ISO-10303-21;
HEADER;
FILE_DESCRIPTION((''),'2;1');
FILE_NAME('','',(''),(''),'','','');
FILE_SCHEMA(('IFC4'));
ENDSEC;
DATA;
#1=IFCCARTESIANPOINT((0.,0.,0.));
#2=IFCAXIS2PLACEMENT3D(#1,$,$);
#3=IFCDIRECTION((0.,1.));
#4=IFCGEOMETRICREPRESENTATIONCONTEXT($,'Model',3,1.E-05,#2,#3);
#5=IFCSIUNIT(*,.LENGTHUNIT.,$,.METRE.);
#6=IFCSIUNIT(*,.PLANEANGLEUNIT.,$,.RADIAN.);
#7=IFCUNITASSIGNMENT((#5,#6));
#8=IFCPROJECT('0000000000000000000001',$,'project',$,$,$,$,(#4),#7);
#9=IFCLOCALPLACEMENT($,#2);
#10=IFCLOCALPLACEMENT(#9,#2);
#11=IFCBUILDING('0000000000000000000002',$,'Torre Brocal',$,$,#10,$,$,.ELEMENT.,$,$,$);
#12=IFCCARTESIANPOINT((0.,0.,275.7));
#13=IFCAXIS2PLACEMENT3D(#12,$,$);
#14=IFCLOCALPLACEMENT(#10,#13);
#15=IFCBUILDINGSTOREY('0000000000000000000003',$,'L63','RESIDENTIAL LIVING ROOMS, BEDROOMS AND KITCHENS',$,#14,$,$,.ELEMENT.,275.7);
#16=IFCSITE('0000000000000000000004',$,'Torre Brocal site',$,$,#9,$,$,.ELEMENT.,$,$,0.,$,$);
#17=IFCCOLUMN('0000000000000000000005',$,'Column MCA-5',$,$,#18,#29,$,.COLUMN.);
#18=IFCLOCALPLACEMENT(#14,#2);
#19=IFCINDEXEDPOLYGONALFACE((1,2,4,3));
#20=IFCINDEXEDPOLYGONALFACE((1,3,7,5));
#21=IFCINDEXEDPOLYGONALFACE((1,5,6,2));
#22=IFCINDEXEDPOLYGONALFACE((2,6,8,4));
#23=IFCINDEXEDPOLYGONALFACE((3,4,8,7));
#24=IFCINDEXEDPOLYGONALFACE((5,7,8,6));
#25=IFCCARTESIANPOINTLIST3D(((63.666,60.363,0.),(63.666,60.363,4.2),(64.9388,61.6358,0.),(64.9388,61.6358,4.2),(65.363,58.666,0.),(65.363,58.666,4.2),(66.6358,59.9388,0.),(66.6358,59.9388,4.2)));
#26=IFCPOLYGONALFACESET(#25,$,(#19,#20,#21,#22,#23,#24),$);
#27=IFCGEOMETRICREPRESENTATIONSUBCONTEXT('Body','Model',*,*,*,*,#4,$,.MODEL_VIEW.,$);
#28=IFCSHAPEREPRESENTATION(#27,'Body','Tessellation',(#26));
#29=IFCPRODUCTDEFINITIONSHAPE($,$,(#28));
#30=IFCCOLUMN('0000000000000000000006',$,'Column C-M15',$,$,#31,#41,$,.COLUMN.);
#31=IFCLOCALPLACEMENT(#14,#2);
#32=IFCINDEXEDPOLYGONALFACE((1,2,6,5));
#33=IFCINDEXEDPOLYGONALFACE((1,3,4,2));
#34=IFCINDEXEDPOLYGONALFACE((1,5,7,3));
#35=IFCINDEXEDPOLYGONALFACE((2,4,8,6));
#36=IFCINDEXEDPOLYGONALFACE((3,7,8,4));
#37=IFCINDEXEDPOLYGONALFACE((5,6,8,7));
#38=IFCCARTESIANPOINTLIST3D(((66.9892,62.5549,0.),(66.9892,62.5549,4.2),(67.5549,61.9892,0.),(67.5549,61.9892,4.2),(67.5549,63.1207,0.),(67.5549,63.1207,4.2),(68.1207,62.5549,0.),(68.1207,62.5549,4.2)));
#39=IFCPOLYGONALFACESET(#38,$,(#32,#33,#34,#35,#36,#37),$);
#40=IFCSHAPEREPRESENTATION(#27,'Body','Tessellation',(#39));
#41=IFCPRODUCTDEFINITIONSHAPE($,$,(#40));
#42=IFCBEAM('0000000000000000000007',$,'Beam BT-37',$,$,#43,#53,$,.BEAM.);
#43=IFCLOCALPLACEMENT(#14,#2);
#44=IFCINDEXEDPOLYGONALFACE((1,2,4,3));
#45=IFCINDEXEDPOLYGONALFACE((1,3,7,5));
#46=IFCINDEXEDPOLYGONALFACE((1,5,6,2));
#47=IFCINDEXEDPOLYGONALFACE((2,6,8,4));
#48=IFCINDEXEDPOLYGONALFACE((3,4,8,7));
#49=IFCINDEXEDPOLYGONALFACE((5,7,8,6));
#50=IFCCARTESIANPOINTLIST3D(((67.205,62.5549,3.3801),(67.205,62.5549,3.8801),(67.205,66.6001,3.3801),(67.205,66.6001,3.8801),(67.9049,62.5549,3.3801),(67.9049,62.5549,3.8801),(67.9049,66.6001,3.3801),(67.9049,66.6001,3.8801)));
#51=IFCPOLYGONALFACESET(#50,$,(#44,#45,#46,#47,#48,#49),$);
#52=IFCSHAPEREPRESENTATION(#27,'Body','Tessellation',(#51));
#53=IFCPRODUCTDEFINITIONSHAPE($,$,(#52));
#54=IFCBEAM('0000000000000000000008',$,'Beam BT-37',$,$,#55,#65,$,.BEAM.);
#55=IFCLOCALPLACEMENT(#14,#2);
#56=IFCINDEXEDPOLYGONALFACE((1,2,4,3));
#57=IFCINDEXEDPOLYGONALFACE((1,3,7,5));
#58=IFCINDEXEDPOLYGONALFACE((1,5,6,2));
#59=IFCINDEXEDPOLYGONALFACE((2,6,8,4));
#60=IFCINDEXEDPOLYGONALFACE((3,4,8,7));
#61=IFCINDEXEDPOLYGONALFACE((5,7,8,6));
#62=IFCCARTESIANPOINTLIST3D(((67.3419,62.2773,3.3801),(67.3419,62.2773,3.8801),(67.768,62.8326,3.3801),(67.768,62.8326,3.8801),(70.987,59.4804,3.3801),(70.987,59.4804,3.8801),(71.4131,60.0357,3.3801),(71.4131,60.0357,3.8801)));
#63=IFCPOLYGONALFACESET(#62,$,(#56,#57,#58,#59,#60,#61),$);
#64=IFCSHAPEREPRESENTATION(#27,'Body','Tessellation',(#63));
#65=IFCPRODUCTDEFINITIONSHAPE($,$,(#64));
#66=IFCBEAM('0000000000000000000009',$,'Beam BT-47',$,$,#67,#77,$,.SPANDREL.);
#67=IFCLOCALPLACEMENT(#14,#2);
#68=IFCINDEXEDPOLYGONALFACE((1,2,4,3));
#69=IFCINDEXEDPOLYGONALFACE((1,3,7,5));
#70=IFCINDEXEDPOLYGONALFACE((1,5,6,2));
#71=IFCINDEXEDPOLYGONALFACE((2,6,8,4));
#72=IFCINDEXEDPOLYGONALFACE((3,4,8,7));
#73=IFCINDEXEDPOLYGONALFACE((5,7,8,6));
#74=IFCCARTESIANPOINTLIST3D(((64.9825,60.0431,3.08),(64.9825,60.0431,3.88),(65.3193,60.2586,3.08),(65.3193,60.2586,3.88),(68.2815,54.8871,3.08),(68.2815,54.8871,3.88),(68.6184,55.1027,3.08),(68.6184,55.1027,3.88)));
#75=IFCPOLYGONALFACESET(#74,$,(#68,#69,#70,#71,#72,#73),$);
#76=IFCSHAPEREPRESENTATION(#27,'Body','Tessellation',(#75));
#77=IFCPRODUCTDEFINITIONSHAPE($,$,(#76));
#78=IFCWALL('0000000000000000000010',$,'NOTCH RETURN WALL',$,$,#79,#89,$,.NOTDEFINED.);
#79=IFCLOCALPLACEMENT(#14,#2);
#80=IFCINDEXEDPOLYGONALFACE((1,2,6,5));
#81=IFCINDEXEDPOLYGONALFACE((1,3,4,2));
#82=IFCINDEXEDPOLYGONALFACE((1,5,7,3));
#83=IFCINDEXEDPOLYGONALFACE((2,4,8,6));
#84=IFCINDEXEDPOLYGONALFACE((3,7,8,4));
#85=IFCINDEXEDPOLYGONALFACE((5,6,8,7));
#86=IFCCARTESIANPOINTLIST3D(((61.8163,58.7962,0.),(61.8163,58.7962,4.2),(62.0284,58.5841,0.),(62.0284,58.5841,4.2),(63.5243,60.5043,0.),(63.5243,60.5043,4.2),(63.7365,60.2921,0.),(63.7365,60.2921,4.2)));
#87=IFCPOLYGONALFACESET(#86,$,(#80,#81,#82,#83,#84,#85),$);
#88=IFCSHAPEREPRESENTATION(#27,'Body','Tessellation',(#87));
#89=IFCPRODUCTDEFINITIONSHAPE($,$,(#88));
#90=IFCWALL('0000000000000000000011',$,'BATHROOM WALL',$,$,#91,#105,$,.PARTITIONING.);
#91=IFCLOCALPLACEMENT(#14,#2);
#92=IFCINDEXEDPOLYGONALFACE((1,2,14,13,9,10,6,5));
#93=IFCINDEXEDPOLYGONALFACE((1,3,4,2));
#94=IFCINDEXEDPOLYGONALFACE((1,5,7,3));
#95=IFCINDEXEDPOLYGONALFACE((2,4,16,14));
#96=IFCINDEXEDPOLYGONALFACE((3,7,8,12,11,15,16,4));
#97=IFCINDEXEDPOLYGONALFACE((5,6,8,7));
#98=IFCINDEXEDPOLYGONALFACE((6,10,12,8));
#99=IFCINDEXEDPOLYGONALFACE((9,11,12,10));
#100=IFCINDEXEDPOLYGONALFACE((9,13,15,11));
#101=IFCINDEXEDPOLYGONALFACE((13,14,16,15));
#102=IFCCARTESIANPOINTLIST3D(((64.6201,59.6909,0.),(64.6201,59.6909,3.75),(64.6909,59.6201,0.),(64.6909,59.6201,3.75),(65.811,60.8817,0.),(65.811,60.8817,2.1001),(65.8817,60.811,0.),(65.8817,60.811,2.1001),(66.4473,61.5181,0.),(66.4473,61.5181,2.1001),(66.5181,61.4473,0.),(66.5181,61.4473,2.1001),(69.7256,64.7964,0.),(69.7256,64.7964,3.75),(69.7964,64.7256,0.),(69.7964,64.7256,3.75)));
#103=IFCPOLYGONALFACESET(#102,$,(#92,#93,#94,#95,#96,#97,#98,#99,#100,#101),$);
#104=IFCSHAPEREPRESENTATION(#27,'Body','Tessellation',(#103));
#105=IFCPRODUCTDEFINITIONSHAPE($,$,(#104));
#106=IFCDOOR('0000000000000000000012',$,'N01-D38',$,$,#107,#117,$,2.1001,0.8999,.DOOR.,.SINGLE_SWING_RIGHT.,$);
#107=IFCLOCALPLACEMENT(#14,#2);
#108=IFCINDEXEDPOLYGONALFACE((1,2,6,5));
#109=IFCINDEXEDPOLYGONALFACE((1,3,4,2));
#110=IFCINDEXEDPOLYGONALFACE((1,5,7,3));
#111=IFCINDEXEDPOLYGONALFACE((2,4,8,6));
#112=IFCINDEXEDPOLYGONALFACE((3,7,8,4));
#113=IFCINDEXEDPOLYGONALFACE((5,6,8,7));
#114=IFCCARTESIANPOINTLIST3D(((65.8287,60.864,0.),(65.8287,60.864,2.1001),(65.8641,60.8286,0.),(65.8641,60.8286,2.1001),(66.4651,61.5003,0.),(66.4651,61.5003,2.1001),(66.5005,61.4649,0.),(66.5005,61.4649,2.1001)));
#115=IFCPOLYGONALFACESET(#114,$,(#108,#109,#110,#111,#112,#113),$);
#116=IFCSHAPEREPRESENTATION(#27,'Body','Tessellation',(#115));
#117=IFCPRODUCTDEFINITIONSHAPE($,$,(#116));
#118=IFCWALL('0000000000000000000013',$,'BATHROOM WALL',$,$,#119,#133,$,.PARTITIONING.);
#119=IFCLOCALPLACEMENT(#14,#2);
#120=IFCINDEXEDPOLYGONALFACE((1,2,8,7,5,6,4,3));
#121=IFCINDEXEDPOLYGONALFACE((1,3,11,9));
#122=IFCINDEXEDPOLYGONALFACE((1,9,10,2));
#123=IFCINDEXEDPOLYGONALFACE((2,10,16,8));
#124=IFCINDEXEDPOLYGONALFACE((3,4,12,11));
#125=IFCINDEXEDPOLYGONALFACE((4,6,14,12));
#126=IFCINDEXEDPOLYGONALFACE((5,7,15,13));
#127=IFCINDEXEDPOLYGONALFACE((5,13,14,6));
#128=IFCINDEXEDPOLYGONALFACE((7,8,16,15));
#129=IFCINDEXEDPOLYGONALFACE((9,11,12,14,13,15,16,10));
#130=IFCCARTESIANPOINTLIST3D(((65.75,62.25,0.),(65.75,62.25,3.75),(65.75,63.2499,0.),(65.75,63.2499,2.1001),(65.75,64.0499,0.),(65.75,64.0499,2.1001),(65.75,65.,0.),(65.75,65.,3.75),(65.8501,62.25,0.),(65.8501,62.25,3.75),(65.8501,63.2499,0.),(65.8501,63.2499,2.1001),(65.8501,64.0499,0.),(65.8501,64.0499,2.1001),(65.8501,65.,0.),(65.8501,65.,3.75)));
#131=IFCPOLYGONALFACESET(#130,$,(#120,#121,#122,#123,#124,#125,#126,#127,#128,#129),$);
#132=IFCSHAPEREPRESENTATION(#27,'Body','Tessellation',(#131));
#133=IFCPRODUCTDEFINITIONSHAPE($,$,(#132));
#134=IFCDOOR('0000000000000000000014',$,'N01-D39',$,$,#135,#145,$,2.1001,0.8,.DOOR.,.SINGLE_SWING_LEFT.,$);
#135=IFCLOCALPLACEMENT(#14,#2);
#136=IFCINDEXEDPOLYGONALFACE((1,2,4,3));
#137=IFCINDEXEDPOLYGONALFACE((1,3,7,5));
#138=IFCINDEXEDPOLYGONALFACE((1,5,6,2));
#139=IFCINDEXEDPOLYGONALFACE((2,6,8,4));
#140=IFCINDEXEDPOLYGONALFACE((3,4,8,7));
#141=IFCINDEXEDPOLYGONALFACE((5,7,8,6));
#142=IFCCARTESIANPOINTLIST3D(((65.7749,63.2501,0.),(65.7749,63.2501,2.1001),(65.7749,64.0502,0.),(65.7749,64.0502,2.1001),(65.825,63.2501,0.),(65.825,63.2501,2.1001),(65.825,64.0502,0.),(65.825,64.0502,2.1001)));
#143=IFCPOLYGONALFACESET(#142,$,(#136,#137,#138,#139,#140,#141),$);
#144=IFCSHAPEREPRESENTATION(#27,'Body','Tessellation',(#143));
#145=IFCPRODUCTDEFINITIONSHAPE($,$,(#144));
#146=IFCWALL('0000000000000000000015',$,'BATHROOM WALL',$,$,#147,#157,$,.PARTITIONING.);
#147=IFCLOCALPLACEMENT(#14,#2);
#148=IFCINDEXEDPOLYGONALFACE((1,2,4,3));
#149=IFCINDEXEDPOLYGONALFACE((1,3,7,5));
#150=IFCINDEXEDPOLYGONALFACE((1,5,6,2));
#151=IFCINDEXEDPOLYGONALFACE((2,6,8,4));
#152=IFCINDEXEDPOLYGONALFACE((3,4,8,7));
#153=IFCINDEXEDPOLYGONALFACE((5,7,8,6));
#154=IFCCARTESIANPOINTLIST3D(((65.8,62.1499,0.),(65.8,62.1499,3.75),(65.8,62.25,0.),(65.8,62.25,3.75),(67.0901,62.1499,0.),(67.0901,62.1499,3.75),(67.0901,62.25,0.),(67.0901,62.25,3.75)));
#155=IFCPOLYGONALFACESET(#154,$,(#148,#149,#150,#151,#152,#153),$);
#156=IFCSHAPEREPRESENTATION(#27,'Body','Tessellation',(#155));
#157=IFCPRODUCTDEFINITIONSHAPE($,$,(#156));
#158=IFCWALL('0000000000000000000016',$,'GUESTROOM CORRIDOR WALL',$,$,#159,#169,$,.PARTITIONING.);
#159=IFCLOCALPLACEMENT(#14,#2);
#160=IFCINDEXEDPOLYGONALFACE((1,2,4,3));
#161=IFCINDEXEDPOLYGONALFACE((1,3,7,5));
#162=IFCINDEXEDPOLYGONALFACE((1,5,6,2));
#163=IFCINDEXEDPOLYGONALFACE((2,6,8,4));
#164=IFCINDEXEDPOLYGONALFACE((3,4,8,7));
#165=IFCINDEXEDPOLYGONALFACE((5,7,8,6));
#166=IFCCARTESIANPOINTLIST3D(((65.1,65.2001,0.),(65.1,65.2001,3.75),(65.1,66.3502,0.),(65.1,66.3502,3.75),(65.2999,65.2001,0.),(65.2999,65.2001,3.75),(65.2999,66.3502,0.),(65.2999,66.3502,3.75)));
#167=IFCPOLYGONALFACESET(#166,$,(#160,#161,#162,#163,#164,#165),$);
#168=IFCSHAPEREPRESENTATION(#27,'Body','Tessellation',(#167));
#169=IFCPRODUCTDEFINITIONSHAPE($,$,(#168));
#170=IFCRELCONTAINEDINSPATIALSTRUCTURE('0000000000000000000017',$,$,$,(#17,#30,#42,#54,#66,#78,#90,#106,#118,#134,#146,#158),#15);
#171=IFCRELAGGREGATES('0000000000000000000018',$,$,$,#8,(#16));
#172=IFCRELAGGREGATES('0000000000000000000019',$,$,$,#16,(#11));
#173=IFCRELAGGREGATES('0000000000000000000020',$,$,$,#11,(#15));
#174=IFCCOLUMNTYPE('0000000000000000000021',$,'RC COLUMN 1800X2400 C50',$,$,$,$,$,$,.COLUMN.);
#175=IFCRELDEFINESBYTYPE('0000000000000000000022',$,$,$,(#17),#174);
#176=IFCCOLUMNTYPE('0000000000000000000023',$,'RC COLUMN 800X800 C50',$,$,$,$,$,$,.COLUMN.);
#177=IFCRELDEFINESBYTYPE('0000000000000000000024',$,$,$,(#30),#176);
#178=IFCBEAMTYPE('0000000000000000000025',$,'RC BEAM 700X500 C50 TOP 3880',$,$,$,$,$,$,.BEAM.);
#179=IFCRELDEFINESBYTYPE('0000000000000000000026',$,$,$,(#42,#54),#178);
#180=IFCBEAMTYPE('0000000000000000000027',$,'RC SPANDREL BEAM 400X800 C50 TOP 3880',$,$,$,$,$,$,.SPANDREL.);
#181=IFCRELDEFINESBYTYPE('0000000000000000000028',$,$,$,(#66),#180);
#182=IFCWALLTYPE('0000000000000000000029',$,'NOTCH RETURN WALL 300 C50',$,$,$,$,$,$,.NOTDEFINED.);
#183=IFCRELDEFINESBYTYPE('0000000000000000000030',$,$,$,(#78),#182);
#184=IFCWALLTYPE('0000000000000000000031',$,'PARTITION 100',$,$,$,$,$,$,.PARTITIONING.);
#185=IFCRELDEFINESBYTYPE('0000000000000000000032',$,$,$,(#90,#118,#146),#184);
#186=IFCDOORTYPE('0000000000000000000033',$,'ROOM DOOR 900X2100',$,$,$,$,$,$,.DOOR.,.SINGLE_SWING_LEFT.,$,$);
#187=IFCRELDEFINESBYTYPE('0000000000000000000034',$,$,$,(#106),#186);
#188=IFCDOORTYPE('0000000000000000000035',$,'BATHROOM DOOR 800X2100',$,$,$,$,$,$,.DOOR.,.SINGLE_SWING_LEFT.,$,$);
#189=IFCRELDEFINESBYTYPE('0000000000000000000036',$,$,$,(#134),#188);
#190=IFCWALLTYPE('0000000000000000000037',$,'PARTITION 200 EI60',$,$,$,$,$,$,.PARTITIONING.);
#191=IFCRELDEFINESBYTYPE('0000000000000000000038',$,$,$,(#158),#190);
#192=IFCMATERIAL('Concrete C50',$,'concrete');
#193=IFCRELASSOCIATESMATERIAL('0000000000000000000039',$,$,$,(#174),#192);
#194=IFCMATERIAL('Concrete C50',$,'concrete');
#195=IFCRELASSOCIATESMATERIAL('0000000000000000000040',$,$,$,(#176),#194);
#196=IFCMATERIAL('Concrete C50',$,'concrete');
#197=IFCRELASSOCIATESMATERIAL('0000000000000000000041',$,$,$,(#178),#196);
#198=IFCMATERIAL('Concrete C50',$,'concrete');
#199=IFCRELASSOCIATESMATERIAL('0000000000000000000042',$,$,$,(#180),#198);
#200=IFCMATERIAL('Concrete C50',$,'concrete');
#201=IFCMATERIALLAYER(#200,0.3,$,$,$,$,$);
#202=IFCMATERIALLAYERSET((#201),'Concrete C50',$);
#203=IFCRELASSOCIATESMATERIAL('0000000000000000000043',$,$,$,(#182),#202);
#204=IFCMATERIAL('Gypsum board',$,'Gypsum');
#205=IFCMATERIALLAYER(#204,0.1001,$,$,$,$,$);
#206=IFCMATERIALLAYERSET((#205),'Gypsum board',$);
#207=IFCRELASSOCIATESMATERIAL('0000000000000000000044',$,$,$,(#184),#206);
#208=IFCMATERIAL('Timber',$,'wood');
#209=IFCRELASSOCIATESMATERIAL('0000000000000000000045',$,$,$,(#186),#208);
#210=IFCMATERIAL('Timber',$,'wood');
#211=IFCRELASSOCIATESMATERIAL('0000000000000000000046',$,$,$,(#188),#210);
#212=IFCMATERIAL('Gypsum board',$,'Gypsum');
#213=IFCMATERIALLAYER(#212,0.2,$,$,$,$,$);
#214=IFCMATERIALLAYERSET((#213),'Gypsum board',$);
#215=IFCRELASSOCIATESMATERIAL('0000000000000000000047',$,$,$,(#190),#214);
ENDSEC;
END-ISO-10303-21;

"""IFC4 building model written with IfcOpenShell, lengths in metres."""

from ifc_helpers import new_model, si_unit, direction, frame, frame_2d, origin, origin_2d, place, context, subcontext, project, spatial, rectangle, extrude, material, layer, layer_set, material_profile, profile_set, type_object, element, fill, save


model = new_model("IFC4")

# Units and contexts
model_context = context("Model", 3, precision=1e-05, world=origin(), true_north=direction((0.0, 1.0)))
body_context = subcontext(model_context, "Body", "Model", "MODEL_VIEW")
ifc_project = project(units=[si_unit("LENGTHUNIT", "METRE"), si_unit("PLANEANGLEUNIT", "RADIAN")], contexts=[model_context])

# Site, building, storey
site_placement = place(None, origin())
site = spatial("IfcSite", under=ifc_project, at=site_placement, Name="Torre Brocal site", CompositionType="ELEMENT", RefElevation=0.0)
building_placement = place(site_placement, origin())
building = spatial("IfcBuilding", under=site, at=building_placement, Name="Torre Brocal", CompositionType="ELEMENT")
storey_placement = place(building_placement, frame((0.0, 0.0, 275.7)))
storey = spatial("IfcBuildingStorey", under=building, at=storey_placement, Name="L63", Description="RESIDENTIAL LIVING ROOMS, BEDROOMS AND KITCHENS", CompositionType="ELEMENT", Elevation=275.7)

# Columns
ifc_material_1 = material(Name="Concrete C50", Category="concrete")
ifc_material_profile_1 = material_profile(ifc_material_1, rectangle(XDim=1.8, YDim=2.3999, at=origin_2d()), Name="RC 1800X2400")
ifc_profile_set_1 = profile_set([ifc_material_profile_1], Name="Concrete C50")
column_type_1 = type_object("IfcColumnType", Name="RC COLUMN 1800X2400 C50", PredefinedType="COLUMN", material=ifc_profile_set_1)
column_1_placement = place(storey_placement, frame((65.1509, 60.1509, 0.0), z_axis=(0.0, 0.0, 1.0), x_axis=(-0.707107, -0.707107, 0.0)))
element("IfcColumn", 1, at=column_1_placement, inside=storey, type_object=column_type_1, Name="Column MCA-5", PredefinedType="COLUMN", context=body_context, shape_type="SweptSolid", body=[
    extrude(rectangle(XDim=1.8, YDim=2.3999, at=origin_2d()), origin(), (0.0, 0.0, 1.0), 4.2),
])
ifc_material_2 = material(Name="Concrete C50", Category="concrete")
ifc_material_profile_2 = material_profile(ifc_material_2, rectangle(XDim=0.8, YDim=0.8, at=origin_2d()), Name="RC 800X800")
ifc_profile_set_2 = profile_set([ifc_material_profile_2], Name="Concrete C50")
column_type_2 = type_object("IfcColumnType", Name="RC COLUMN 800X800 C50", PredefinedType="COLUMN", material=ifc_profile_set_2)
column_2_placement = place(storey_placement, frame((67.5549, 62.5549, 0.0), z_axis=(0.0, 0.0, 1.0), x_axis=(-0.707107, -0.707107, 0.0)))
element("IfcColumn", 2, at=column_2_placement, inside=storey, type_object=column_type_2, Name="Column C-M15", PredefinedType="COLUMN", context=body_context, shape_type="SweptSolid", body=[
    extrude(rectangle(XDim=0.8, YDim=0.8, at=origin_2d()), origin(), (0.0, 0.0, 1.0), 4.2),
])

# Beams
ifc_material_3 = material(Name="Concrete C50", Category="concrete")
ifc_material_profile_3 = material_profile(ifc_material_3, rectangle(XDim=0.7, YDim=0.5, at=origin_2d()), Name="RC 700X500")
ifc_profile_set_3 = profile_set([ifc_material_profile_3], Name="Concrete C50")
beam_type_1 = type_object("IfcBeamType", Name="RC BEAM 700X500 C50 TOP 3880", PredefinedType="BEAM", material=ifc_profile_set_3)
beam_1_placement = place(storey_placement, frame((67.5549, 62.5549, 3.6301), z_axis=(0.0, 1.0, 0.0), x_axis=(-1.0, 0.0, 0.0)))
element("IfcBeam", 3, at=beam_1_placement, inside=storey, type_object=beam_type_1, Name="Beam BT-37", PredefinedType="BEAM", context=body_context, shape_type="SweptSolid", body=[
    extrude(rectangle(XDim=0.7, YDim=0.5, at=origin_2d()), origin(), (0.0, 0.0, 1.0), 4.0452),
])
beam_2_placement = place(storey_placement, frame((67.5549, 62.5549, 3.6301), z_axis=(0.793358, -0.608755, 0.0), x_axis=(0.608755, 0.793358, 0.0)))
element("IfcBeam", 4, at=beam_2_placement, inside=storey, type_object=beam_type_1, Name="Beam BT-37", PredefinedType="BEAM", context=body_context, shape_type="SweptSolid", body=[
    extrude(rectangle(XDim=0.7, YDim=0.5, at=origin_2d()), origin(), (0.0, 0.0, 1.0), 4.5945),
])
ifc_material_4 = material(Name="Concrete C50", Category="concrete")
ifc_material_profile_4 = material_profile(ifc_material_4, rectangle(XDim=0.3999, YDim=0.8, at=origin_2d()), Name="RC 400X800")
ifc_profile_set_4 = profile_set([ifc_material_profile_4], Name="Concrete C50")
beam_type_2 = type_object("IfcBeamType", Name="RC SPANDREL BEAM 400X800 C50 TOP 3880", PredefinedType="SPANDREL", material=ifc_profile_set_4)
beam_3_placement = place(storey_placement, frame((65.1509, 60.1509, 3.48), z_axis=(0.538964, -0.842329, 0.0), x_axis=(0.842329, 0.538964, 0.0)))
element("IfcBeam", 5, at=beam_3_placement, inside=storey, type_object=beam_type_2, Name="Beam BT-47", PredefinedType="SPANDREL", context=body_context, shape_type="SweptSolid", body=[
    extrude(rectangle(XDim=0.3999, YDim=0.8, at=origin_2d()), origin(), (0.0, 0.0, 1.0), 6.1211),
])

# Wall
ifc_material_5 = material(Name="Concrete C50", Category="concrete")
ifc_layer_1 = layer(ifc_material_5, 0.3)
ifc_layer_set_1 = layer_set([ifc_layer_1], Name="Concrete C50")
wall_type_1 = type_object("IfcWallType", Name="NOTCH RETURN WALL 300 C50", PredefinedType="NOTDEFINED", material=ifc_layer_set_1)
wall_1_placement = place(storey_placement, frame((63.6304, 60.3982, 0.0), z_axis=(0.0, 0.0, 1.0), x_axis=(-0.707107, -0.707107, 0.0)))
element("IfcWall", 6, at=wall_1_placement, inside=storey, type_object=wall_type_1, Name="NOTCH RETURN WALL", PredefinedType="NOTDEFINED", context=body_context, shape_type="SweptSolid", body=[
    extrude(rectangle(XDim=2.4155, YDim=0.3, at=frame_2d((1.2078, 0.0))), origin(), (0.0, 0.0, 1.0), 4.2),
])

# Walls, openings, doors
ifc_material_6 = material(Name="Gypsum board", Category="Gypsum")
ifc_layer_2 = layer(ifc_material_6, 0.1001)
ifc_layer_set_2 = layer_set([ifc_layer_2], Name="Gypsum board")
wall_type_2 = type_object("IfcWallType", Name="PARTITION 100", PredefinedType="PARTITIONING", material=ifc_layer_set_2)
wall_2_placement = place(storey_placement, frame((64.6555, 59.6555, 0.0), z_axis=(0.0, 0.0, 1.0), x_axis=(0.707107, 0.707107, 0.0)))
wall_2 = element("IfcWall", 7, at=wall_2_placement, inside=storey, type_object=wall_type_2, Name="BATHROOM WALL", PredefinedType="PARTITIONING", context=body_context, shape_type="SweptSolid", body=[
    extrude(rectangle(XDim=7.2202, YDim=0.1001, at=frame_2d((3.6101, 0.0))), origin(), (0.0, 0.0, 1.0), 3.75),
])
opening_1_placement = place(wall_2_placement, frame((1.6841, 0.0, 0.0)))
opening_1 = element("IfcOpeningElement", 8, at=opening_1_placement, cuts=wall_2, PredefinedType="OPENING", context=body_context, shape_type="SweptSolid", body=[
    extrude(rectangle(XDim=0.8999, YDim=2.1001, at=frame_2d((0.45, 1.05))), frame((0.0, 0.0601, 0.0), z_axis=(0.0, -1.0, 0.0), x_axis=(1.0, 0.0, 0.0)), (0.0, 0.0, 1.0), 0.1201),
])
ifc_material_7 = material(Name="Timber", Category="wood")
door_type_1 = type_object("IfcDoorType", Name="ROOM DOOR 900X2100", OperationType="SINGLE_SWING_LEFT", PredefinedType="DOOR", material=ifc_material_7)
door_1_placement = place(opening_1_placement, origin())
door_1 = element("IfcDoor", 9, at=door_1_placement, inside=storey, type_object=door_type_1, Name="N01-D38", OperationType="SINGLE_SWING_RIGHT", OverallHeight=2.1001, OverallWidth=0.8999, PredefinedType="DOOR", context=body_context, shape_type="SweptSolid", body=[
    extrude(rectangle(XDim=0.8999, YDim=2.1001, at=frame_2d((0.45, 1.05))), frame((0.0, 0.0249, 0.0), z_axis=(0.0, -1.0, 0.0), x_axis=(1.0, 0.0, 0.0)), (0.0, 0.0, 1.0), 0.05),
])
fill(opening_1, door_1)
wall_3_placement = place(storey_placement, frame((65.8, 62.25, 0.0), z_axis=(0.0, 0.0, 1.0), x_axis=(0.0, 1.0, 0.0)))
wall_3 = element("IfcWall", 10, at=wall_3_placement, inside=storey, type_object=wall_type_2, Name="BATHROOM WALL", PredefinedType="PARTITIONING", context=body_context, shape_type="SweptSolid", body=[
    extrude(rectangle(XDim=2.75, YDim=0.1001, at=frame_2d((1.375, 0.0))), origin(), (0.0, 0.0, 1.0), 3.75),
])
opening_2_placement = place(wall_3_placement, frame((1.0, 0.0, 0.0)))
opening_2 = element("IfcOpeningElement", 11, at=opening_2_placement, cuts=wall_3, PredefinedType="OPENING", context=body_context, shape_type="SweptSolid", body=[
    extrude(rectangle(XDim=0.8, YDim=2.1001, at=frame_2d((0.3999, 1.05))), frame((0.0, 0.0601, 0.0), z_axis=(0.0, -1.0, 0.0), x_axis=(1.0, 0.0, 0.0)), (0.0, 0.0, 1.0), 0.1201),
])
ifc_material_8 = material(Name="Timber", Category="wood")
door_type_2 = type_object("IfcDoorType", Name="BATHROOM DOOR 800X2100", OperationType="SINGLE_SWING_LEFT", PredefinedType="DOOR", material=ifc_material_8)
door_2_placement = place(opening_2_placement, frame((0.8, 0.0, 0.0), z_axis=(0.0, 0.0, 1.0), x_axis=(-1.0, 0.0, 0.0)))
door_2 = element("IfcDoor", 12, at=door_2_placement, inside=storey, type_object=door_type_2, Name="N01-D39", OperationType="SINGLE_SWING_LEFT", OverallHeight=2.1001, OverallWidth=0.8, PredefinedType="DOOR", context=body_context, shape_type="SweptSolid", body=[
    extrude(rectangle(XDim=0.8, YDim=2.1001, at=frame_2d((0.3999, 1.05))), frame((0.0, 0.0249, 0.0), z_axis=(0.0, -1.0, 0.0), x_axis=(1.0, 0.0, 0.0)), (0.0, 0.0, 1.0), 0.05),
])
fill(opening_2, door_2)

# Walls
wall_4_placement = place(storey_placement, frame((65.8, 62.2, 0.0), z_axis=(0.0, 0.0, 1.0), x_axis=(1.0, 0.0, 0.0)))
element("IfcWall", 13, at=wall_4_placement, inside=storey, type_object=wall_type_2, Name="BATHROOM WALL", PredefinedType="PARTITIONING", context=body_context, shape_type="SweptSolid", body=[
    extrude(rectangle(XDim=1.29, YDim=0.1001, at=frame_2d((0.645, 0.0))), origin(), (0.0, 0.0, 1.0), 3.75),
])
ifc_material_9 = material(Name="Gypsum board", Category="Gypsum")
ifc_layer_3 = layer(ifc_material_9, 0.2)
ifc_layer_set_3 = layer_set([ifc_layer_3], Name="Gypsum board")
wall_type_3 = type_object("IfcWallType", Name="PARTITION 200 EI60", PredefinedType="PARTITIONING", material=ifc_layer_set_3)
wall_5_placement = place(storey_placement, frame((65.2, 65.2, 0.0), z_axis=(0.0, 0.0, 1.0), x_axis=(0.0, 1.0, 0.0)))
element("IfcWall", 14, at=wall_5_placement, inside=storey, type_object=wall_type_3, Name="GUESTROOM CORRIDOR WALL", PredefinedType="PARTITIONING", context=body_context, shape_type="SweptSolid", body=[
    extrude(rectangle(XDim=1.1501, YDim=0.2, at=frame_2d((0.5752, 0.0))), origin(), (0.0, 0.0, 1.0), 3.75),
])

save(model, "model.ifc")
